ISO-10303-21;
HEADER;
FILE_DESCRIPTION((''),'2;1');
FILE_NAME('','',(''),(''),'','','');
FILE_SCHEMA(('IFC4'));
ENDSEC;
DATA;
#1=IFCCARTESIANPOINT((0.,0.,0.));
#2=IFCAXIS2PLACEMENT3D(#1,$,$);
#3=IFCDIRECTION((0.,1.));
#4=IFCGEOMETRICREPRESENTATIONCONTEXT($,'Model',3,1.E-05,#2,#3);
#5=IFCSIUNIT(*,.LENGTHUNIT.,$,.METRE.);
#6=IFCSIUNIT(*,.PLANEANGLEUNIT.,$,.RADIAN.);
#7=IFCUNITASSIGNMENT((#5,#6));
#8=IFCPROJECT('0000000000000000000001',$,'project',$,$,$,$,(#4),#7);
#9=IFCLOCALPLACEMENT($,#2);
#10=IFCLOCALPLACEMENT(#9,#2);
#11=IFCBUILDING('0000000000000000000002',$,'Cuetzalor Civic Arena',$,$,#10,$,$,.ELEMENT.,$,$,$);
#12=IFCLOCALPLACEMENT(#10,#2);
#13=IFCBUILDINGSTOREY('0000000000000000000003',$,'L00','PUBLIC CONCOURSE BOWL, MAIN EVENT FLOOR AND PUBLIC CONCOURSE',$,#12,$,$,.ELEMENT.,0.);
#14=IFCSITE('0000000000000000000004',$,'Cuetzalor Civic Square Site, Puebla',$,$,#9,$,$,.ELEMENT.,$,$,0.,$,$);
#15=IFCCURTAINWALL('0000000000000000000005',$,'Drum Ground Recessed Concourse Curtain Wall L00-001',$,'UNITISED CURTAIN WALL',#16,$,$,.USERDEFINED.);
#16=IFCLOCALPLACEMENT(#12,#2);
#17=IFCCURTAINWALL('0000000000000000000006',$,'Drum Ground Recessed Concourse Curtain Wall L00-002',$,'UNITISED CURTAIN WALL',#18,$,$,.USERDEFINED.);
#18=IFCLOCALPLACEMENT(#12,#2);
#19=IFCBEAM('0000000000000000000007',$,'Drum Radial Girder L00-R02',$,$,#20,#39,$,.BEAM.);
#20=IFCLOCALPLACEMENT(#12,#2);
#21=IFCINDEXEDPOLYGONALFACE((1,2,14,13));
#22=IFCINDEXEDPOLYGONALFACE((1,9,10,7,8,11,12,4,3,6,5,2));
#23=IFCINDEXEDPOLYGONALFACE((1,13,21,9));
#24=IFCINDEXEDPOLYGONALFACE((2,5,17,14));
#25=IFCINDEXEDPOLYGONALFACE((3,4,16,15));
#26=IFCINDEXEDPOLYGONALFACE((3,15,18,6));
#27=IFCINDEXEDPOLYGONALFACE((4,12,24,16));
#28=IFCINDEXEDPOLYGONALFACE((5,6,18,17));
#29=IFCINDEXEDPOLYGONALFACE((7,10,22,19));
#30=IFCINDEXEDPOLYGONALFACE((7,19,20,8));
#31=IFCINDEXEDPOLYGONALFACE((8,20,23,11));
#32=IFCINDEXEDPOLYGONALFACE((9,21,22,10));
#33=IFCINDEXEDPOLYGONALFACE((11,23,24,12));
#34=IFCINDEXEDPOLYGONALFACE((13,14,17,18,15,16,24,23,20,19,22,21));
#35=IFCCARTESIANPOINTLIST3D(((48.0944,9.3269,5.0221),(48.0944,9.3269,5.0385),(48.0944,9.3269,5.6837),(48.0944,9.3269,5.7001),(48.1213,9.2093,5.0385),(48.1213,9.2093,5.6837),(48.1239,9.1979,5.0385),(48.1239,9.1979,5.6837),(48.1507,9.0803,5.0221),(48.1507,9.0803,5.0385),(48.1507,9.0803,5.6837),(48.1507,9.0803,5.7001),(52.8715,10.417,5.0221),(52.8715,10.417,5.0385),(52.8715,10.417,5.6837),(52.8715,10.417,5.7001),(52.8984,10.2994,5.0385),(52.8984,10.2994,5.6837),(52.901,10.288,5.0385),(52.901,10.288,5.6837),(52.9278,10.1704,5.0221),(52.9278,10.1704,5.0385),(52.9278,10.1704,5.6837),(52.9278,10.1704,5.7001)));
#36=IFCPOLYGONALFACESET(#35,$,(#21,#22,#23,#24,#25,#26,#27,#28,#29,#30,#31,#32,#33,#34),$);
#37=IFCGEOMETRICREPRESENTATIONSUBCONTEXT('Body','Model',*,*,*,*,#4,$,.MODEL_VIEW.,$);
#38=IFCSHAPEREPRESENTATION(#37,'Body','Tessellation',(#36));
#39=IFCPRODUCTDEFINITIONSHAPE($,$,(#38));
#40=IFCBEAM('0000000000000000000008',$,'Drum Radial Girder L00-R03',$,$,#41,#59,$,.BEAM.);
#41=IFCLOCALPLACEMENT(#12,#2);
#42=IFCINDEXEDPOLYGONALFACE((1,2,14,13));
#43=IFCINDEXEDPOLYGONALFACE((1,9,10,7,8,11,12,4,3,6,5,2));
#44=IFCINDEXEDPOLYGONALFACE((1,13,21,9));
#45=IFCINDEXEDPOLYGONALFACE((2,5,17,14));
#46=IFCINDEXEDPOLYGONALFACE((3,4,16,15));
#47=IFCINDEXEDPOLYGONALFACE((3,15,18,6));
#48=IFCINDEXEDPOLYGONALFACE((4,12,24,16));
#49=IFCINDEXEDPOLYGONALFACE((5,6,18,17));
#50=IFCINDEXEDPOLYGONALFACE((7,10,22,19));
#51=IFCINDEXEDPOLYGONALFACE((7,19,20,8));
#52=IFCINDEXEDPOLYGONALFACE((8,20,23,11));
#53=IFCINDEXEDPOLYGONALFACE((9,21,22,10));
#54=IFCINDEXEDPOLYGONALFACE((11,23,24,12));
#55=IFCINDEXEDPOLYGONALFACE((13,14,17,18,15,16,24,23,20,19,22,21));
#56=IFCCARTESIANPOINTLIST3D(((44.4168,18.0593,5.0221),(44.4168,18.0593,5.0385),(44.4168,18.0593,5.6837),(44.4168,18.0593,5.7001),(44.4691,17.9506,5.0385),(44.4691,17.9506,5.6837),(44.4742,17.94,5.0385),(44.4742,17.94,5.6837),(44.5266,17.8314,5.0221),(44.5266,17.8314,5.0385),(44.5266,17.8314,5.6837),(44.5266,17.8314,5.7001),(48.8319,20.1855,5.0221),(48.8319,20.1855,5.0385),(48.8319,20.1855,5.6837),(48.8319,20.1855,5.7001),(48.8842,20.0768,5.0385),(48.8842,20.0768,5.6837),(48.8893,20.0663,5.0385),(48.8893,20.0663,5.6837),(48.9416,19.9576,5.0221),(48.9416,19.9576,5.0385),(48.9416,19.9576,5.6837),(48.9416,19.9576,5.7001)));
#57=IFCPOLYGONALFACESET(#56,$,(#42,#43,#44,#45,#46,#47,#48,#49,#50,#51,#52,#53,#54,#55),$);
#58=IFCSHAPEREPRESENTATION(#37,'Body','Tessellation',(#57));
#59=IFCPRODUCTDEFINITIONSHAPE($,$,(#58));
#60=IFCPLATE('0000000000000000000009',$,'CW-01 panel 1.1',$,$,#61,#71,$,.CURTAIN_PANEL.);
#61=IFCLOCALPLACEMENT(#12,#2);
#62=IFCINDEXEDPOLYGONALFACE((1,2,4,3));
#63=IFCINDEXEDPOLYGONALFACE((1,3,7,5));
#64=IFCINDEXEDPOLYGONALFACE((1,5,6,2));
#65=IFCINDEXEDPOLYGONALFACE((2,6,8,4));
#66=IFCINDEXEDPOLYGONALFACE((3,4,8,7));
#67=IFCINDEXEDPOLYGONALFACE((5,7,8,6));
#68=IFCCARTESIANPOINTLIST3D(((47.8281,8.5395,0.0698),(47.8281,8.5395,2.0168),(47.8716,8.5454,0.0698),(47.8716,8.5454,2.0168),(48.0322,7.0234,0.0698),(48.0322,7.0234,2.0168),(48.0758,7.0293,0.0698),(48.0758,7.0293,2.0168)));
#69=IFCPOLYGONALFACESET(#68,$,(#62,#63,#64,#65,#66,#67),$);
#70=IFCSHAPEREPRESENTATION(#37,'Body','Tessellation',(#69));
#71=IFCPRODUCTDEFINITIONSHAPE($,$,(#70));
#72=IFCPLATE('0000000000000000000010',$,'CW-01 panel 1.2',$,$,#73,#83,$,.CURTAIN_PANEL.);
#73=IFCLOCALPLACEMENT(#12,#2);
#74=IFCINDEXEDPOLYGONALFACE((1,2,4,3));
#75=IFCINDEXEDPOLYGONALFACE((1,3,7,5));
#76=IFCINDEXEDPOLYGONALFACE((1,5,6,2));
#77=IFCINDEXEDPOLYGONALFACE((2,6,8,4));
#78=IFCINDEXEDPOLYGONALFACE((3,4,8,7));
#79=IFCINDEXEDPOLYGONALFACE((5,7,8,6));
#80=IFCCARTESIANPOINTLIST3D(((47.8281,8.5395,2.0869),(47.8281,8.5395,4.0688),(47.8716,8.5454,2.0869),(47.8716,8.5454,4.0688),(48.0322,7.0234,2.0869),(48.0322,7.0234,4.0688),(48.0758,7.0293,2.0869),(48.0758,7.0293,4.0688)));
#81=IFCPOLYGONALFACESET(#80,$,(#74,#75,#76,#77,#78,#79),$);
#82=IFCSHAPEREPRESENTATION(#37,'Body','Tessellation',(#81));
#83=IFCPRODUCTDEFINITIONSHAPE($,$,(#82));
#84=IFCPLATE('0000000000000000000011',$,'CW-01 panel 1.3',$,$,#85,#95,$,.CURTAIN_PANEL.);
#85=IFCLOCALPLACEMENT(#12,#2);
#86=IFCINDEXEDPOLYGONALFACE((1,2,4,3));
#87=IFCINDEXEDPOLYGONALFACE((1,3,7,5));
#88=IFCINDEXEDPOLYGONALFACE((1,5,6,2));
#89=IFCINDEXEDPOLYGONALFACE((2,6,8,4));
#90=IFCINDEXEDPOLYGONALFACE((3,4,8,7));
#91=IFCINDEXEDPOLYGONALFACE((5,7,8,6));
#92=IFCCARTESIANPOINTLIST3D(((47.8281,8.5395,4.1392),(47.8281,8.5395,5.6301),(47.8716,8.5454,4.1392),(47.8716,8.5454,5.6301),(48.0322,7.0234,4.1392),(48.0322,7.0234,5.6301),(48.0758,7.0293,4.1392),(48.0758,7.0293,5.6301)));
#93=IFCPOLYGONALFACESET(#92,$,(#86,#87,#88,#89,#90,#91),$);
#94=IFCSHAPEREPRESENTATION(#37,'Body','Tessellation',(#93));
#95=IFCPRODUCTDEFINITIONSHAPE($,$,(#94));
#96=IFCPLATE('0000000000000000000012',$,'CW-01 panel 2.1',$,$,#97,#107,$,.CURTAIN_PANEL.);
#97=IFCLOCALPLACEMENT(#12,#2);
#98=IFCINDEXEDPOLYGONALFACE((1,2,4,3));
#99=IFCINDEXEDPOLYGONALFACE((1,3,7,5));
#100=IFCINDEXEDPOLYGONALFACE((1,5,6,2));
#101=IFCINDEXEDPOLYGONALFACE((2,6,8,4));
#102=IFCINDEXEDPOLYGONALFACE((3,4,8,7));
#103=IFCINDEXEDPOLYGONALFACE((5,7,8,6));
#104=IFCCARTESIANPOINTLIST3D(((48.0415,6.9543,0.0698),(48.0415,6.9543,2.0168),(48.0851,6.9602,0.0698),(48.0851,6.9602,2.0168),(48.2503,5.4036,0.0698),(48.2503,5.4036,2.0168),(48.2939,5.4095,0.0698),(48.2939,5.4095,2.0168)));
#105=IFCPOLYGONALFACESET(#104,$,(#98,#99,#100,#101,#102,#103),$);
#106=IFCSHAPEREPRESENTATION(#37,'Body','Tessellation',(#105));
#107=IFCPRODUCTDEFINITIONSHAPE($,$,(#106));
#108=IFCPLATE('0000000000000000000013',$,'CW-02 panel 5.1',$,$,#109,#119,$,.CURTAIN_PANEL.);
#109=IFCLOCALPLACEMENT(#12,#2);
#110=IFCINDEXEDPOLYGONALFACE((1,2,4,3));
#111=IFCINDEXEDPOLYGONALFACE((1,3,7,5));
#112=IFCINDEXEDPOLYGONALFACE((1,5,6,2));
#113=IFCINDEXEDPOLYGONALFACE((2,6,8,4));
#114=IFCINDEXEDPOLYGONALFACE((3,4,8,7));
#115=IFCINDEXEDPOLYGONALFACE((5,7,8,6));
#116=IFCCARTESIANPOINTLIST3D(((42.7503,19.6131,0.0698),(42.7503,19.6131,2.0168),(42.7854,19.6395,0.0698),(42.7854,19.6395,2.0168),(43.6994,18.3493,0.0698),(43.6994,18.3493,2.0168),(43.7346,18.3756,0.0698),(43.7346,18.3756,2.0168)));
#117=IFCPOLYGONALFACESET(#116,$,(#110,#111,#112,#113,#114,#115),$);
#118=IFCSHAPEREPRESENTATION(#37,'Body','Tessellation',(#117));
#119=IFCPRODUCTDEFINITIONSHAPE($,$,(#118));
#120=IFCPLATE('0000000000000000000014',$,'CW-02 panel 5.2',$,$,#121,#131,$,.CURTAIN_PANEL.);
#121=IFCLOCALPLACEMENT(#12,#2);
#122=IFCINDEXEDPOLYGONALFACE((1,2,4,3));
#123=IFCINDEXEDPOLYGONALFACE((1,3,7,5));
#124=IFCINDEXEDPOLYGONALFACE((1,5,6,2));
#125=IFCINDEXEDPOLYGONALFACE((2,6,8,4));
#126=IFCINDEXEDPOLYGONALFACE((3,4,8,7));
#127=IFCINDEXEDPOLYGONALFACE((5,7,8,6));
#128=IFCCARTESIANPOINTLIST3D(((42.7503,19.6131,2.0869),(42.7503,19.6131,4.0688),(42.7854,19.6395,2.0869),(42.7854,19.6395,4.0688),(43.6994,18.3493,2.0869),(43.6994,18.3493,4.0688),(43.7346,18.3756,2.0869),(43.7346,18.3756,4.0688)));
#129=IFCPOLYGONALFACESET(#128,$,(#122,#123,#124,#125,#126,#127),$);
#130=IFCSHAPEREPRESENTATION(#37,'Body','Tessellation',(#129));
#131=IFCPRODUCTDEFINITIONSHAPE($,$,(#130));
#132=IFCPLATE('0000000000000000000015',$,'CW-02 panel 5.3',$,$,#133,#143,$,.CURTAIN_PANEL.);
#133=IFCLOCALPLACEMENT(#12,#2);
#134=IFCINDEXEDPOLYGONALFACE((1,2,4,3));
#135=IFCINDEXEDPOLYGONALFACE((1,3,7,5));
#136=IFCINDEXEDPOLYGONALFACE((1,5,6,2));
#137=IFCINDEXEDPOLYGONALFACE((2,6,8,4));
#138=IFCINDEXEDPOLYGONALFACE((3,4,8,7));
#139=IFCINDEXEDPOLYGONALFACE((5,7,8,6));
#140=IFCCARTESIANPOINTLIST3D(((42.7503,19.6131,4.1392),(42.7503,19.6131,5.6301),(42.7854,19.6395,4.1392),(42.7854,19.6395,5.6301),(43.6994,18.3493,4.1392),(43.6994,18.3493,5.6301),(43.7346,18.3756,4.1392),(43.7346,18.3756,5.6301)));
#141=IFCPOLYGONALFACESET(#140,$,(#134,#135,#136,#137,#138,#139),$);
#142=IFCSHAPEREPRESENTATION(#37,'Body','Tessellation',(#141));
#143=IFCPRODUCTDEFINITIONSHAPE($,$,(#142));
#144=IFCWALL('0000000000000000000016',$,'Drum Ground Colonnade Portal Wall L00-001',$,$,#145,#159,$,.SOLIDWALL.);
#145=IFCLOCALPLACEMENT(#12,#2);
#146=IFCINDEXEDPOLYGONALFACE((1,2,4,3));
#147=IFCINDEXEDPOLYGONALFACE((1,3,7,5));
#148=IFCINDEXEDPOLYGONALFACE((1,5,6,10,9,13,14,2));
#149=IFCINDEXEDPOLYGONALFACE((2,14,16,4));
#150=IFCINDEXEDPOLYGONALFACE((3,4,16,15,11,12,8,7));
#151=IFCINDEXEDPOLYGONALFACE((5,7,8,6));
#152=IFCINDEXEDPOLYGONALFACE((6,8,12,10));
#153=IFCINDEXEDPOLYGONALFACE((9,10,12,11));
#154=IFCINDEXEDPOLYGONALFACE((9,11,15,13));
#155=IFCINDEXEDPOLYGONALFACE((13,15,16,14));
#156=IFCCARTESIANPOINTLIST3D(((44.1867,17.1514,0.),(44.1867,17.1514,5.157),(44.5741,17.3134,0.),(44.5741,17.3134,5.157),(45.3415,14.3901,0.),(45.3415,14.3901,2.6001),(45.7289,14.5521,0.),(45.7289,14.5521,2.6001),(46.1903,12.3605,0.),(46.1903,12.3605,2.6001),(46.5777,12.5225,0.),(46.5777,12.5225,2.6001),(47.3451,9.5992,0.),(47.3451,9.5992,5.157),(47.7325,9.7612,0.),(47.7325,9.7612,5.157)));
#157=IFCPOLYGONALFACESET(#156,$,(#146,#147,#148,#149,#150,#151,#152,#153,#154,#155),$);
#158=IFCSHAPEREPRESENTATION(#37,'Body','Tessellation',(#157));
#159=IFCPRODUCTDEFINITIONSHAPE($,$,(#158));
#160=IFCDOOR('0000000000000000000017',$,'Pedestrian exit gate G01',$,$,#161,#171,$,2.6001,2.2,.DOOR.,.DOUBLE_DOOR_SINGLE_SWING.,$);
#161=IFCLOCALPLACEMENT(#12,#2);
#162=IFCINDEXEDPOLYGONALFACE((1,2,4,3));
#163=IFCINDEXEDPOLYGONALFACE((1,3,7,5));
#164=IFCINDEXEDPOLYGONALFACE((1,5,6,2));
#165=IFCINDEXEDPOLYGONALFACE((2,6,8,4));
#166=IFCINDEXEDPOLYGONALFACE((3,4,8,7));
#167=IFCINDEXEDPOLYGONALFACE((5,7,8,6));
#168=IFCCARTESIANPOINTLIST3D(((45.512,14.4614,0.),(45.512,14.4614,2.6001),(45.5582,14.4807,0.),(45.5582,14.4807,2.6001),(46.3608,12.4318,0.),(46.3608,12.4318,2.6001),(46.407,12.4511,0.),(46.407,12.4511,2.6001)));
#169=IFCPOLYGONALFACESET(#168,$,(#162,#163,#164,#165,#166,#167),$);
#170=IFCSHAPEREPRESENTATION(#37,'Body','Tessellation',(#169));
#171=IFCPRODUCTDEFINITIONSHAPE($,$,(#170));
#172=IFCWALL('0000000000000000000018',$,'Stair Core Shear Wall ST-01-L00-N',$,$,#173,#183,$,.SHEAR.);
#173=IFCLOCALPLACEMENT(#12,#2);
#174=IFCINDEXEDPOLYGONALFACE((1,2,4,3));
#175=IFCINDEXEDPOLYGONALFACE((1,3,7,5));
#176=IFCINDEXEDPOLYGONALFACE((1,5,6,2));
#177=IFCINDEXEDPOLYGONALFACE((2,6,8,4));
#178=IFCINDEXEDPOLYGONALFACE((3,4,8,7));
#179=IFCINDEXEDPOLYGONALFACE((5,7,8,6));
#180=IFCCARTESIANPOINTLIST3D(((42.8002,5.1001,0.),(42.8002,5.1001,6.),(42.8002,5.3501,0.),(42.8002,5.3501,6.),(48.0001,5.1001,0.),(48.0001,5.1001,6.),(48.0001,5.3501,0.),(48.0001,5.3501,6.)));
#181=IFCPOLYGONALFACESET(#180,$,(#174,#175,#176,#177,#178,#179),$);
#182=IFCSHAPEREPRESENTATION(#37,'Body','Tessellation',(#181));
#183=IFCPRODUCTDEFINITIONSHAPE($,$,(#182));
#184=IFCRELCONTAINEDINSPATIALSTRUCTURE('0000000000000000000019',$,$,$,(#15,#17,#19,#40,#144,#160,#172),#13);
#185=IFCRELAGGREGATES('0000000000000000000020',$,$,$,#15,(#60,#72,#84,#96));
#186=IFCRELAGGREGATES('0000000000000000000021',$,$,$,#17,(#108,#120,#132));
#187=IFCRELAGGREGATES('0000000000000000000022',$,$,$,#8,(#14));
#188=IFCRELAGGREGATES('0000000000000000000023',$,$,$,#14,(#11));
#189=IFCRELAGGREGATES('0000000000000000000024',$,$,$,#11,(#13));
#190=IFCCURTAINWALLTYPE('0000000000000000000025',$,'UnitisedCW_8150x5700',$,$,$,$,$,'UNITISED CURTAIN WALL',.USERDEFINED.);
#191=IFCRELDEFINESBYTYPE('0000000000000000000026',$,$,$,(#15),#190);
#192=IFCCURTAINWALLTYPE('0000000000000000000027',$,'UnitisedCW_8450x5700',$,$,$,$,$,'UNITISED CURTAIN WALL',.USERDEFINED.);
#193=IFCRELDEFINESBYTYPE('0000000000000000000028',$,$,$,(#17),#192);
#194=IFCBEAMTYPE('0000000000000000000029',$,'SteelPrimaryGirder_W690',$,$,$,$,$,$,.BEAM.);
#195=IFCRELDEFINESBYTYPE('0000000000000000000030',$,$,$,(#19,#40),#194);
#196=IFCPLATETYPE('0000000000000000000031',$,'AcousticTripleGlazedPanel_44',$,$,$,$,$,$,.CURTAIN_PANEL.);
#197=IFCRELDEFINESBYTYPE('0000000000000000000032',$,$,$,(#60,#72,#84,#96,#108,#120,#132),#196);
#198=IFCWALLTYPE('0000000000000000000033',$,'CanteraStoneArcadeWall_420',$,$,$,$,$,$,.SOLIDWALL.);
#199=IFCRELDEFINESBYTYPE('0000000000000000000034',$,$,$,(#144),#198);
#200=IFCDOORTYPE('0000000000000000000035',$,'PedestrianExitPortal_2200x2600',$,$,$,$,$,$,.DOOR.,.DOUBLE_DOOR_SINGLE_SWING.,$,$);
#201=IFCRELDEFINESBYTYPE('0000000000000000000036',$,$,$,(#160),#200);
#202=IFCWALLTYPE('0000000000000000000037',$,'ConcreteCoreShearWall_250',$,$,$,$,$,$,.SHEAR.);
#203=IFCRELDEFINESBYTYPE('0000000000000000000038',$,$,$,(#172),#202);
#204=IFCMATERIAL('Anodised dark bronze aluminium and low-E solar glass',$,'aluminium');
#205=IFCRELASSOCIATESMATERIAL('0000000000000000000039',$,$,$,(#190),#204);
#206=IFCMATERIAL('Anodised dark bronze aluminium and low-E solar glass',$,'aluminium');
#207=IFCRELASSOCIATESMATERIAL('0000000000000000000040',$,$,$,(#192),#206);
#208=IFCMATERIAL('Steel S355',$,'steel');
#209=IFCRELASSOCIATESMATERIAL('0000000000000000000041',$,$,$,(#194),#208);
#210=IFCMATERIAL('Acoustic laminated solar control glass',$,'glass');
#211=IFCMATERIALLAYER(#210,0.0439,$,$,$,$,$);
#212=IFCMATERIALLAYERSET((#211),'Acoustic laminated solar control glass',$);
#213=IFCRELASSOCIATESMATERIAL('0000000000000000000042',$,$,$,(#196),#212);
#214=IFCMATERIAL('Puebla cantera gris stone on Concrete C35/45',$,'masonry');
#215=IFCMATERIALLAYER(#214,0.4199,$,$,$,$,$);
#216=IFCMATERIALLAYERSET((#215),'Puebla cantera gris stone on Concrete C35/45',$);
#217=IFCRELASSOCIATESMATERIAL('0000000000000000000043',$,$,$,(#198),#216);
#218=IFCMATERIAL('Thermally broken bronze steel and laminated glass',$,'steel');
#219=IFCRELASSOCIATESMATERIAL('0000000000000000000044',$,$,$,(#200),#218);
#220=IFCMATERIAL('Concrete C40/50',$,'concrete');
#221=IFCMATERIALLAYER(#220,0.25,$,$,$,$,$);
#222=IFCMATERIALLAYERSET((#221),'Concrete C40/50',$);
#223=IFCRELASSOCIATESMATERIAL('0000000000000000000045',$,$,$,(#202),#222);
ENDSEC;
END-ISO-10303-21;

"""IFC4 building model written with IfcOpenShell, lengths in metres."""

from ifc_helpers import new_model, si_unit, direction, frame, frame_2d, origin, origin_2d, place, context, subcontext, project, spatial, rectangle, i_section, extrude, material, layer, layer_set, material_profile, profile_set, type_object, element, fill, aggregate, save


model = new_model("IFC4")

# Units and contexts
model_context = context("Model", 3, precision=1e-05, world=origin(), true_north=direction((0.0, 1.0)))
body_context = subcontext(model_context, "Body", "Model", "MODEL_VIEW")
ifc_project = project(units=[si_unit("LENGTHUNIT", "METRE"), si_unit("PLANEANGLEUNIT", "RADIAN")], contexts=[model_context])

# Site, building, storey
site_placement = place(None, origin())
site = spatial("IfcSite", under=ifc_project, at=site_placement, Name="Cuetzalor Civic Square Site, Puebla", CompositionType="ELEMENT", RefElevation=0.0)
building_placement = place(site_placement, origin())
building = spatial("IfcBuilding", under=site, at=building_placement, Name="Cuetzalor Civic Arena", CompositionType="ELEMENT")
storey_placement = place(building_placement, origin())
storey = spatial("IfcBuildingStorey", under=building, at=storey_placement, Name="L00", Description="PUBLIC CONCOURSE BOWL, MAIN EVENT FLOOR AND PUBLIC CONCOURSE", CompositionType="ELEMENT", Elevation=0.0)

# Curtain walls
ifc_material_1 = material(Name="Anodised dark bronze aluminium and low-E solar glass", Category="aluminium")
curtain_wall_type_1 = type_object("IfcCurtainWallType", Name="UnitisedCW_8150x5700", ElementType="UNITISED CURTAIN WALL", PredefinedType="USERDEFINED", material=ifc_material_1)
curtain_wall_1_placement = place(storey_placement, origin())
curtain_wall_1 = element("IfcCurtainWall", 1, at=curtain_wall_1_placement, inside=storey, type_object=curtain_wall_type_1, Name="Drum Ground Recessed Concourse Curtain Wall L00-001", ObjectType="UNITISED CURTAIN WALL", PredefinedType="USERDEFINED")
ifc_material_2 = material(Name="Anodised dark bronze aluminium and low-E solar glass", Category="aluminium")
curtain_wall_type_2 = type_object("IfcCurtainWallType", Name="UnitisedCW_8450x5700", ElementType="UNITISED CURTAIN WALL", PredefinedType="USERDEFINED", material=ifc_material_2)
curtain_wall_2_placement = place(storey_placement, origin())
curtain_wall_2 = element("IfcCurtainWall", 2, at=curtain_wall_2_placement, inside=storey, type_object=curtain_wall_type_2, Name="Drum Ground Recessed Concourse Curtain Wall L00-002", ObjectType="UNITISED CURTAIN WALL", PredefinedType="USERDEFINED")

# Beams
ifc_material_3 = material(Name="Steel S355", Category="steel")
ifc_material_profile_1 = material_profile(ifc_material_3, i_section(OverallWidth=0.2529, OverallDepth=0.678, WebThickness=0.0117, FlangeThickness=0.0164, at=origin_2d()), Name="W690x125")
ifc_profile_set_1 = profile_set([ifc_material_profile_1], Name="Steel S355")
beam_type_1 = type_object("IfcBeamType", Name="SteelPrimaryGirder_W690", PredefinedType="BEAM", material=ifc_profile_set_1)
beam_1_placement = place(storey_placement, frame((48.1226, 9.2036, 5.3611), z_axis=(0.974939, 0.222472, 0.0), x_axis=(-0.222472, 0.974939, 0.0)))
element("IfcBeam", 3, at=beam_1_placement, inside=storey, type_object=beam_type_1, Name="Drum Radial Girder L00-R02", PredefinedType="BEAM", context=body_context, shape_type="SweptSolid", body=[
    extrude(i_section(OverallWidth=0.2529, OverallDepth=0.678, WebThickness=0.0117, FlangeThickness=0.0164, at=origin_2d()), origin(), (0.0, 0.0, 1.0), 4.8999),
])
beam_2_placement = place(storey_placement, frame((44.4717, 17.9453, 5.3611), z_axis=(0.900965, 0.433892, 0.0), x_axis=(-0.433892, 0.900965, 0.0)))
element("IfcBeam", 4, at=beam_2_placement, inside=storey, type_object=beam_type_1, Name="Drum Radial Girder L00-R03", PredefinedType="BEAM", context=body_context, shape_type="SweptSolid", body=[
    extrude(i_section(OverallWidth=0.2529, OverallDepth=0.678, WebThickness=0.0117, FlangeThickness=0.0164, at=origin_2d()), origin(), (0.0, 0.0, 1.0), 4.9004),
])

# Plates
ifc_material_4 = material(Name="Acoustic laminated solar control glass", Category="glass")
ifc_layer_1 = layer(ifc_material_4, 0.0439)
ifc_layer_set_1 = layer_set([ifc_layer_1], Name="Acoustic laminated solar control glass")
plate_type = type_object("IfcPlateType", Name="AcousticTripleGlazedPanel_44", PredefinedType="CURTAIN_PANEL", material=ifc_layer_set_1)
plate_1_placement = place(storey_placement, frame((47.9519, 7.7844, 0.0698), z_axis=(0.0, 0.0, 1.0), x_axis=(0.133443, -0.991056, 0.0)))
plate_1 = element("IfcPlate", 5, at=plate_1_placement, type_object=plate_type, Name="CW-01 panel 1.1", PredefinedType="CURTAIN_PANEL", context=body_context, shape_type="SweptSolid", body=[
    extrude(rectangle(XDim=1.5298, YDim=0.0439, at=origin_2d()), origin(), (0.0, 0.0, 1.0), 1.947),
])
plate_2_placement = place(storey_placement, frame((47.9519, 7.7844, 2.0869), z_axis=(0.0, 0.0, 1.0), x_axis=(0.133443, -0.991056, 0.0)))
plate_2 = element("IfcPlate", 6, at=plate_2_placement, type_object=plate_type, Name="CW-01 panel 1.2", PredefinedType="CURTAIN_PANEL", context=body_context, shape_type="SweptSolid", body=[
    extrude(rectangle(XDim=1.5298, YDim=0.0439, at=origin_2d()), origin(), (0.0, 0.0, 1.0), 1.9819),
])
plate_3_placement = place(storey_placement, frame((47.9519, 7.7844, 4.1392), z_axis=(0.0, 0.0, 1.0), x_axis=(0.133443, -0.991056, 0.0)))
plate_3 = element("IfcPlate", 7, at=plate_3_placement, type_object=plate_type, Name="CW-01 panel 1.3", PredefinedType="CURTAIN_PANEL", context=body_context, shape_type="SweptSolid", body=[
    extrude(rectangle(XDim=1.5298, YDim=0.0439, at=origin_2d()), origin(), (0.0, 0.0, 1.0), 1.491),
])
plate_4_placement = place(storey_placement, frame((48.1677, 6.1819, 0.0698), z_axis=(0.0, 0.0, 1.0), x_axis=(0.133443, -0.991056, 0.0)))
plate_4 = element("IfcPlate", 8, at=plate_4_placement, type_object=plate_type, Name="CW-01 panel 2.1", PredefinedType="CURTAIN_PANEL", context=body_context, shape_type="SweptSolid", body=[
    extrude(rectangle(XDim=1.5647, YDim=0.0439, at=origin_2d()), origin(), (0.0, 0.0, 1.0), 1.947),
])
aggregate(curtain_wall_1, [plate_1, plate_2, plate_3, plate_4])
plate_5_placement = place(storey_placement, frame((43.2424, 18.9944, 0.0698), z_axis=(0.0, 0.0, 1.0), x_axis=(0.600492, -0.799631, 0.0)))
plate_5 = element("IfcPlate", 9, at=plate_5_placement, type_object=plate_type, Name="CW-02 panel 5.1", PredefinedType="CURTAIN_PANEL", context=body_context, shape_type="SweptSolid", body=[
    extrude(rectangle(XDim=1.5806, YDim=0.0439, at=origin_2d()), origin(), (0.0, 0.0, 1.0), 1.947),
])
plate_6_placement = place(storey_placement, frame((43.2424, 18.9944, 2.0869), z_axis=(0.0, 0.0, 1.0), x_axis=(0.600492, -0.799631, 0.0)))
plate_6 = element("IfcPlate", 10, at=plate_6_placement, type_object=plate_type, Name="CW-02 panel 5.2", PredefinedType="CURTAIN_PANEL", context=body_context, shape_type="SweptSolid", body=[
    extrude(rectangle(XDim=1.5806, YDim=0.0439, at=origin_2d()), origin(), (0.0, 0.0, 1.0), 1.9819),
])
plate_7_placement = place(storey_placement, frame((43.2424, 18.9944, 4.1392), z_axis=(0.0, 0.0, 1.0), x_axis=(0.600492, -0.799631, 0.0)))
plate_7 = element("IfcPlate", 11, at=plate_7_placement, type_object=plate_type, Name="CW-02 panel 5.3", PredefinedType="CURTAIN_PANEL", context=body_context, shape_type="SweptSolid", body=[
    extrude(rectangle(XDim=1.5806, YDim=0.0439, at=origin_2d()), origin(), (0.0, 0.0, 1.0), 1.491),
])
aggregate(curtain_wall_2, [plate_5, plate_6, plate_7])

# Wall, opening, door
ifc_material_5 = material(Name="Puebla cantera gris stone on Concrete C35/45", Category="masonry")
ifc_layer_2 = layer(ifc_material_5, 0.4199)
ifc_layer_set_2 = layer_set([ifc_layer_2], Name="Puebla cantera gris stone on Concrete C35/45")
wall_type_1 = type_object("IfcWallType", Name="CanteraStoneArcadeWall_420", PredefinedType="SOLIDWALL", material=ifc_layer_set_2)
wall_1_placement = place(storey_placement, frame((44.3804, 17.2324, 0.0), z_axis=(0.0, 0.0, 1.0), x_axis=(0.385831, -0.92257, 0.0)))
wall_1 = element("IfcWall", 12, at=wall_1_placement, inside=storey, type_object=wall_type_1, Name="Drum Ground Colonnade Portal Wall L00-001", PredefinedType="SOLIDWALL", context=body_context, shape_type="SweptSolid", body=[
    extrude(rectangle(XDim=8.186, YDim=0.4199, at=frame_2d((4.093, 0.0))), origin(), (0.0, 0.0, 1.0), 5.157),
])
opening_placement = place(wall_1_placement, frame((2.9929, 0.0, 0.0)))
opening = element("IfcOpeningElement", 13, at=opening_placement, cuts=wall_1, PredefinedType="OPENING", context=body_context, shape_type="SweptSolid", body=[
    extrude(rectangle(XDim=2.2, YDim=2.6001, at=frame_2d((1.1001, 1.3))), frame((0.0, 0.22, 0.0), z_axis=(0.0, -1.0, 0.0), x_axis=(1.0, 0.0, 0.0)), (0.0, 0.0, 1.0), 0.4399),
])
ifc_material_6 = material(Name="Thermally broken bronze steel and laminated glass", Category="steel")
door_type = type_object("IfcDoorType", Name="PedestrianExitPortal_2200x2600", OperationType="DOUBLE_DOOR_SINGLE_SWING", PredefinedType="DOOR", material=ifc_material_6)
door_placement = place(opening_placement, origin())
door = element("IfcDoor", 14, at=door_placement, inside=storey, type_object=door_type, Name="Pedestrian exit gate G01", OperationType="DOUBLE_DOOR_SINGLE_SWING", OverallHeight=2.6001, OverallWidth=2.2, PredefinedType="DOOR", context=body_context, shape_type="SweptSolid", body=[
    extrude(rectangle(XDim=2.2, YDim=2.6001, at=frame_2d((1.1001, 1.3))), frame((0.0, 0.0249, 0.0), z_axis=(0.0, -1.0, 0.0), x_axis=(1.0, 0.0, 0.0)), (0.0, 0.0, 1.0), 0.05),
])
fill(opening, door)

# Wall
ifc_material_7 = material(Name="Concrete C40/50", Category="concrete")
ifc_layer_3 = layer(ifc_material_7, 0.25)
ifc_layer_set_3 = layer_set([ifc_layer_3], Name="Concrete C40/50")
wall_type_2 = type_object("IfcWallType", Name="ConcreteCoreShearWall_250", PredefinedType="SHEAR", material=ifc_layer_set_3)
wall_2_placement = place(storey_placement, frame((42.8, 5.2251, 0.0), z_axis=(0.0, 0.0, 1.0), x_axis=(1.0, 0.0, 0.0)))
element("IfcWall", 15, at=wall_2_placement, inside=storey, type_object=wall_type_2, Name="Stair Core Shear Wall ST-01-L00-N", PredefinedType="SHEAR", context=body_context, shape_type="SweptSolid", body=[
    extrude(rectangle(XDim=5.2, YDim=0.25, at=frame_2d((2.6001, 0.0))), origin(), (0.0, 0.0, 1.0), 6.0),
])

save(model, "model.ifc")
